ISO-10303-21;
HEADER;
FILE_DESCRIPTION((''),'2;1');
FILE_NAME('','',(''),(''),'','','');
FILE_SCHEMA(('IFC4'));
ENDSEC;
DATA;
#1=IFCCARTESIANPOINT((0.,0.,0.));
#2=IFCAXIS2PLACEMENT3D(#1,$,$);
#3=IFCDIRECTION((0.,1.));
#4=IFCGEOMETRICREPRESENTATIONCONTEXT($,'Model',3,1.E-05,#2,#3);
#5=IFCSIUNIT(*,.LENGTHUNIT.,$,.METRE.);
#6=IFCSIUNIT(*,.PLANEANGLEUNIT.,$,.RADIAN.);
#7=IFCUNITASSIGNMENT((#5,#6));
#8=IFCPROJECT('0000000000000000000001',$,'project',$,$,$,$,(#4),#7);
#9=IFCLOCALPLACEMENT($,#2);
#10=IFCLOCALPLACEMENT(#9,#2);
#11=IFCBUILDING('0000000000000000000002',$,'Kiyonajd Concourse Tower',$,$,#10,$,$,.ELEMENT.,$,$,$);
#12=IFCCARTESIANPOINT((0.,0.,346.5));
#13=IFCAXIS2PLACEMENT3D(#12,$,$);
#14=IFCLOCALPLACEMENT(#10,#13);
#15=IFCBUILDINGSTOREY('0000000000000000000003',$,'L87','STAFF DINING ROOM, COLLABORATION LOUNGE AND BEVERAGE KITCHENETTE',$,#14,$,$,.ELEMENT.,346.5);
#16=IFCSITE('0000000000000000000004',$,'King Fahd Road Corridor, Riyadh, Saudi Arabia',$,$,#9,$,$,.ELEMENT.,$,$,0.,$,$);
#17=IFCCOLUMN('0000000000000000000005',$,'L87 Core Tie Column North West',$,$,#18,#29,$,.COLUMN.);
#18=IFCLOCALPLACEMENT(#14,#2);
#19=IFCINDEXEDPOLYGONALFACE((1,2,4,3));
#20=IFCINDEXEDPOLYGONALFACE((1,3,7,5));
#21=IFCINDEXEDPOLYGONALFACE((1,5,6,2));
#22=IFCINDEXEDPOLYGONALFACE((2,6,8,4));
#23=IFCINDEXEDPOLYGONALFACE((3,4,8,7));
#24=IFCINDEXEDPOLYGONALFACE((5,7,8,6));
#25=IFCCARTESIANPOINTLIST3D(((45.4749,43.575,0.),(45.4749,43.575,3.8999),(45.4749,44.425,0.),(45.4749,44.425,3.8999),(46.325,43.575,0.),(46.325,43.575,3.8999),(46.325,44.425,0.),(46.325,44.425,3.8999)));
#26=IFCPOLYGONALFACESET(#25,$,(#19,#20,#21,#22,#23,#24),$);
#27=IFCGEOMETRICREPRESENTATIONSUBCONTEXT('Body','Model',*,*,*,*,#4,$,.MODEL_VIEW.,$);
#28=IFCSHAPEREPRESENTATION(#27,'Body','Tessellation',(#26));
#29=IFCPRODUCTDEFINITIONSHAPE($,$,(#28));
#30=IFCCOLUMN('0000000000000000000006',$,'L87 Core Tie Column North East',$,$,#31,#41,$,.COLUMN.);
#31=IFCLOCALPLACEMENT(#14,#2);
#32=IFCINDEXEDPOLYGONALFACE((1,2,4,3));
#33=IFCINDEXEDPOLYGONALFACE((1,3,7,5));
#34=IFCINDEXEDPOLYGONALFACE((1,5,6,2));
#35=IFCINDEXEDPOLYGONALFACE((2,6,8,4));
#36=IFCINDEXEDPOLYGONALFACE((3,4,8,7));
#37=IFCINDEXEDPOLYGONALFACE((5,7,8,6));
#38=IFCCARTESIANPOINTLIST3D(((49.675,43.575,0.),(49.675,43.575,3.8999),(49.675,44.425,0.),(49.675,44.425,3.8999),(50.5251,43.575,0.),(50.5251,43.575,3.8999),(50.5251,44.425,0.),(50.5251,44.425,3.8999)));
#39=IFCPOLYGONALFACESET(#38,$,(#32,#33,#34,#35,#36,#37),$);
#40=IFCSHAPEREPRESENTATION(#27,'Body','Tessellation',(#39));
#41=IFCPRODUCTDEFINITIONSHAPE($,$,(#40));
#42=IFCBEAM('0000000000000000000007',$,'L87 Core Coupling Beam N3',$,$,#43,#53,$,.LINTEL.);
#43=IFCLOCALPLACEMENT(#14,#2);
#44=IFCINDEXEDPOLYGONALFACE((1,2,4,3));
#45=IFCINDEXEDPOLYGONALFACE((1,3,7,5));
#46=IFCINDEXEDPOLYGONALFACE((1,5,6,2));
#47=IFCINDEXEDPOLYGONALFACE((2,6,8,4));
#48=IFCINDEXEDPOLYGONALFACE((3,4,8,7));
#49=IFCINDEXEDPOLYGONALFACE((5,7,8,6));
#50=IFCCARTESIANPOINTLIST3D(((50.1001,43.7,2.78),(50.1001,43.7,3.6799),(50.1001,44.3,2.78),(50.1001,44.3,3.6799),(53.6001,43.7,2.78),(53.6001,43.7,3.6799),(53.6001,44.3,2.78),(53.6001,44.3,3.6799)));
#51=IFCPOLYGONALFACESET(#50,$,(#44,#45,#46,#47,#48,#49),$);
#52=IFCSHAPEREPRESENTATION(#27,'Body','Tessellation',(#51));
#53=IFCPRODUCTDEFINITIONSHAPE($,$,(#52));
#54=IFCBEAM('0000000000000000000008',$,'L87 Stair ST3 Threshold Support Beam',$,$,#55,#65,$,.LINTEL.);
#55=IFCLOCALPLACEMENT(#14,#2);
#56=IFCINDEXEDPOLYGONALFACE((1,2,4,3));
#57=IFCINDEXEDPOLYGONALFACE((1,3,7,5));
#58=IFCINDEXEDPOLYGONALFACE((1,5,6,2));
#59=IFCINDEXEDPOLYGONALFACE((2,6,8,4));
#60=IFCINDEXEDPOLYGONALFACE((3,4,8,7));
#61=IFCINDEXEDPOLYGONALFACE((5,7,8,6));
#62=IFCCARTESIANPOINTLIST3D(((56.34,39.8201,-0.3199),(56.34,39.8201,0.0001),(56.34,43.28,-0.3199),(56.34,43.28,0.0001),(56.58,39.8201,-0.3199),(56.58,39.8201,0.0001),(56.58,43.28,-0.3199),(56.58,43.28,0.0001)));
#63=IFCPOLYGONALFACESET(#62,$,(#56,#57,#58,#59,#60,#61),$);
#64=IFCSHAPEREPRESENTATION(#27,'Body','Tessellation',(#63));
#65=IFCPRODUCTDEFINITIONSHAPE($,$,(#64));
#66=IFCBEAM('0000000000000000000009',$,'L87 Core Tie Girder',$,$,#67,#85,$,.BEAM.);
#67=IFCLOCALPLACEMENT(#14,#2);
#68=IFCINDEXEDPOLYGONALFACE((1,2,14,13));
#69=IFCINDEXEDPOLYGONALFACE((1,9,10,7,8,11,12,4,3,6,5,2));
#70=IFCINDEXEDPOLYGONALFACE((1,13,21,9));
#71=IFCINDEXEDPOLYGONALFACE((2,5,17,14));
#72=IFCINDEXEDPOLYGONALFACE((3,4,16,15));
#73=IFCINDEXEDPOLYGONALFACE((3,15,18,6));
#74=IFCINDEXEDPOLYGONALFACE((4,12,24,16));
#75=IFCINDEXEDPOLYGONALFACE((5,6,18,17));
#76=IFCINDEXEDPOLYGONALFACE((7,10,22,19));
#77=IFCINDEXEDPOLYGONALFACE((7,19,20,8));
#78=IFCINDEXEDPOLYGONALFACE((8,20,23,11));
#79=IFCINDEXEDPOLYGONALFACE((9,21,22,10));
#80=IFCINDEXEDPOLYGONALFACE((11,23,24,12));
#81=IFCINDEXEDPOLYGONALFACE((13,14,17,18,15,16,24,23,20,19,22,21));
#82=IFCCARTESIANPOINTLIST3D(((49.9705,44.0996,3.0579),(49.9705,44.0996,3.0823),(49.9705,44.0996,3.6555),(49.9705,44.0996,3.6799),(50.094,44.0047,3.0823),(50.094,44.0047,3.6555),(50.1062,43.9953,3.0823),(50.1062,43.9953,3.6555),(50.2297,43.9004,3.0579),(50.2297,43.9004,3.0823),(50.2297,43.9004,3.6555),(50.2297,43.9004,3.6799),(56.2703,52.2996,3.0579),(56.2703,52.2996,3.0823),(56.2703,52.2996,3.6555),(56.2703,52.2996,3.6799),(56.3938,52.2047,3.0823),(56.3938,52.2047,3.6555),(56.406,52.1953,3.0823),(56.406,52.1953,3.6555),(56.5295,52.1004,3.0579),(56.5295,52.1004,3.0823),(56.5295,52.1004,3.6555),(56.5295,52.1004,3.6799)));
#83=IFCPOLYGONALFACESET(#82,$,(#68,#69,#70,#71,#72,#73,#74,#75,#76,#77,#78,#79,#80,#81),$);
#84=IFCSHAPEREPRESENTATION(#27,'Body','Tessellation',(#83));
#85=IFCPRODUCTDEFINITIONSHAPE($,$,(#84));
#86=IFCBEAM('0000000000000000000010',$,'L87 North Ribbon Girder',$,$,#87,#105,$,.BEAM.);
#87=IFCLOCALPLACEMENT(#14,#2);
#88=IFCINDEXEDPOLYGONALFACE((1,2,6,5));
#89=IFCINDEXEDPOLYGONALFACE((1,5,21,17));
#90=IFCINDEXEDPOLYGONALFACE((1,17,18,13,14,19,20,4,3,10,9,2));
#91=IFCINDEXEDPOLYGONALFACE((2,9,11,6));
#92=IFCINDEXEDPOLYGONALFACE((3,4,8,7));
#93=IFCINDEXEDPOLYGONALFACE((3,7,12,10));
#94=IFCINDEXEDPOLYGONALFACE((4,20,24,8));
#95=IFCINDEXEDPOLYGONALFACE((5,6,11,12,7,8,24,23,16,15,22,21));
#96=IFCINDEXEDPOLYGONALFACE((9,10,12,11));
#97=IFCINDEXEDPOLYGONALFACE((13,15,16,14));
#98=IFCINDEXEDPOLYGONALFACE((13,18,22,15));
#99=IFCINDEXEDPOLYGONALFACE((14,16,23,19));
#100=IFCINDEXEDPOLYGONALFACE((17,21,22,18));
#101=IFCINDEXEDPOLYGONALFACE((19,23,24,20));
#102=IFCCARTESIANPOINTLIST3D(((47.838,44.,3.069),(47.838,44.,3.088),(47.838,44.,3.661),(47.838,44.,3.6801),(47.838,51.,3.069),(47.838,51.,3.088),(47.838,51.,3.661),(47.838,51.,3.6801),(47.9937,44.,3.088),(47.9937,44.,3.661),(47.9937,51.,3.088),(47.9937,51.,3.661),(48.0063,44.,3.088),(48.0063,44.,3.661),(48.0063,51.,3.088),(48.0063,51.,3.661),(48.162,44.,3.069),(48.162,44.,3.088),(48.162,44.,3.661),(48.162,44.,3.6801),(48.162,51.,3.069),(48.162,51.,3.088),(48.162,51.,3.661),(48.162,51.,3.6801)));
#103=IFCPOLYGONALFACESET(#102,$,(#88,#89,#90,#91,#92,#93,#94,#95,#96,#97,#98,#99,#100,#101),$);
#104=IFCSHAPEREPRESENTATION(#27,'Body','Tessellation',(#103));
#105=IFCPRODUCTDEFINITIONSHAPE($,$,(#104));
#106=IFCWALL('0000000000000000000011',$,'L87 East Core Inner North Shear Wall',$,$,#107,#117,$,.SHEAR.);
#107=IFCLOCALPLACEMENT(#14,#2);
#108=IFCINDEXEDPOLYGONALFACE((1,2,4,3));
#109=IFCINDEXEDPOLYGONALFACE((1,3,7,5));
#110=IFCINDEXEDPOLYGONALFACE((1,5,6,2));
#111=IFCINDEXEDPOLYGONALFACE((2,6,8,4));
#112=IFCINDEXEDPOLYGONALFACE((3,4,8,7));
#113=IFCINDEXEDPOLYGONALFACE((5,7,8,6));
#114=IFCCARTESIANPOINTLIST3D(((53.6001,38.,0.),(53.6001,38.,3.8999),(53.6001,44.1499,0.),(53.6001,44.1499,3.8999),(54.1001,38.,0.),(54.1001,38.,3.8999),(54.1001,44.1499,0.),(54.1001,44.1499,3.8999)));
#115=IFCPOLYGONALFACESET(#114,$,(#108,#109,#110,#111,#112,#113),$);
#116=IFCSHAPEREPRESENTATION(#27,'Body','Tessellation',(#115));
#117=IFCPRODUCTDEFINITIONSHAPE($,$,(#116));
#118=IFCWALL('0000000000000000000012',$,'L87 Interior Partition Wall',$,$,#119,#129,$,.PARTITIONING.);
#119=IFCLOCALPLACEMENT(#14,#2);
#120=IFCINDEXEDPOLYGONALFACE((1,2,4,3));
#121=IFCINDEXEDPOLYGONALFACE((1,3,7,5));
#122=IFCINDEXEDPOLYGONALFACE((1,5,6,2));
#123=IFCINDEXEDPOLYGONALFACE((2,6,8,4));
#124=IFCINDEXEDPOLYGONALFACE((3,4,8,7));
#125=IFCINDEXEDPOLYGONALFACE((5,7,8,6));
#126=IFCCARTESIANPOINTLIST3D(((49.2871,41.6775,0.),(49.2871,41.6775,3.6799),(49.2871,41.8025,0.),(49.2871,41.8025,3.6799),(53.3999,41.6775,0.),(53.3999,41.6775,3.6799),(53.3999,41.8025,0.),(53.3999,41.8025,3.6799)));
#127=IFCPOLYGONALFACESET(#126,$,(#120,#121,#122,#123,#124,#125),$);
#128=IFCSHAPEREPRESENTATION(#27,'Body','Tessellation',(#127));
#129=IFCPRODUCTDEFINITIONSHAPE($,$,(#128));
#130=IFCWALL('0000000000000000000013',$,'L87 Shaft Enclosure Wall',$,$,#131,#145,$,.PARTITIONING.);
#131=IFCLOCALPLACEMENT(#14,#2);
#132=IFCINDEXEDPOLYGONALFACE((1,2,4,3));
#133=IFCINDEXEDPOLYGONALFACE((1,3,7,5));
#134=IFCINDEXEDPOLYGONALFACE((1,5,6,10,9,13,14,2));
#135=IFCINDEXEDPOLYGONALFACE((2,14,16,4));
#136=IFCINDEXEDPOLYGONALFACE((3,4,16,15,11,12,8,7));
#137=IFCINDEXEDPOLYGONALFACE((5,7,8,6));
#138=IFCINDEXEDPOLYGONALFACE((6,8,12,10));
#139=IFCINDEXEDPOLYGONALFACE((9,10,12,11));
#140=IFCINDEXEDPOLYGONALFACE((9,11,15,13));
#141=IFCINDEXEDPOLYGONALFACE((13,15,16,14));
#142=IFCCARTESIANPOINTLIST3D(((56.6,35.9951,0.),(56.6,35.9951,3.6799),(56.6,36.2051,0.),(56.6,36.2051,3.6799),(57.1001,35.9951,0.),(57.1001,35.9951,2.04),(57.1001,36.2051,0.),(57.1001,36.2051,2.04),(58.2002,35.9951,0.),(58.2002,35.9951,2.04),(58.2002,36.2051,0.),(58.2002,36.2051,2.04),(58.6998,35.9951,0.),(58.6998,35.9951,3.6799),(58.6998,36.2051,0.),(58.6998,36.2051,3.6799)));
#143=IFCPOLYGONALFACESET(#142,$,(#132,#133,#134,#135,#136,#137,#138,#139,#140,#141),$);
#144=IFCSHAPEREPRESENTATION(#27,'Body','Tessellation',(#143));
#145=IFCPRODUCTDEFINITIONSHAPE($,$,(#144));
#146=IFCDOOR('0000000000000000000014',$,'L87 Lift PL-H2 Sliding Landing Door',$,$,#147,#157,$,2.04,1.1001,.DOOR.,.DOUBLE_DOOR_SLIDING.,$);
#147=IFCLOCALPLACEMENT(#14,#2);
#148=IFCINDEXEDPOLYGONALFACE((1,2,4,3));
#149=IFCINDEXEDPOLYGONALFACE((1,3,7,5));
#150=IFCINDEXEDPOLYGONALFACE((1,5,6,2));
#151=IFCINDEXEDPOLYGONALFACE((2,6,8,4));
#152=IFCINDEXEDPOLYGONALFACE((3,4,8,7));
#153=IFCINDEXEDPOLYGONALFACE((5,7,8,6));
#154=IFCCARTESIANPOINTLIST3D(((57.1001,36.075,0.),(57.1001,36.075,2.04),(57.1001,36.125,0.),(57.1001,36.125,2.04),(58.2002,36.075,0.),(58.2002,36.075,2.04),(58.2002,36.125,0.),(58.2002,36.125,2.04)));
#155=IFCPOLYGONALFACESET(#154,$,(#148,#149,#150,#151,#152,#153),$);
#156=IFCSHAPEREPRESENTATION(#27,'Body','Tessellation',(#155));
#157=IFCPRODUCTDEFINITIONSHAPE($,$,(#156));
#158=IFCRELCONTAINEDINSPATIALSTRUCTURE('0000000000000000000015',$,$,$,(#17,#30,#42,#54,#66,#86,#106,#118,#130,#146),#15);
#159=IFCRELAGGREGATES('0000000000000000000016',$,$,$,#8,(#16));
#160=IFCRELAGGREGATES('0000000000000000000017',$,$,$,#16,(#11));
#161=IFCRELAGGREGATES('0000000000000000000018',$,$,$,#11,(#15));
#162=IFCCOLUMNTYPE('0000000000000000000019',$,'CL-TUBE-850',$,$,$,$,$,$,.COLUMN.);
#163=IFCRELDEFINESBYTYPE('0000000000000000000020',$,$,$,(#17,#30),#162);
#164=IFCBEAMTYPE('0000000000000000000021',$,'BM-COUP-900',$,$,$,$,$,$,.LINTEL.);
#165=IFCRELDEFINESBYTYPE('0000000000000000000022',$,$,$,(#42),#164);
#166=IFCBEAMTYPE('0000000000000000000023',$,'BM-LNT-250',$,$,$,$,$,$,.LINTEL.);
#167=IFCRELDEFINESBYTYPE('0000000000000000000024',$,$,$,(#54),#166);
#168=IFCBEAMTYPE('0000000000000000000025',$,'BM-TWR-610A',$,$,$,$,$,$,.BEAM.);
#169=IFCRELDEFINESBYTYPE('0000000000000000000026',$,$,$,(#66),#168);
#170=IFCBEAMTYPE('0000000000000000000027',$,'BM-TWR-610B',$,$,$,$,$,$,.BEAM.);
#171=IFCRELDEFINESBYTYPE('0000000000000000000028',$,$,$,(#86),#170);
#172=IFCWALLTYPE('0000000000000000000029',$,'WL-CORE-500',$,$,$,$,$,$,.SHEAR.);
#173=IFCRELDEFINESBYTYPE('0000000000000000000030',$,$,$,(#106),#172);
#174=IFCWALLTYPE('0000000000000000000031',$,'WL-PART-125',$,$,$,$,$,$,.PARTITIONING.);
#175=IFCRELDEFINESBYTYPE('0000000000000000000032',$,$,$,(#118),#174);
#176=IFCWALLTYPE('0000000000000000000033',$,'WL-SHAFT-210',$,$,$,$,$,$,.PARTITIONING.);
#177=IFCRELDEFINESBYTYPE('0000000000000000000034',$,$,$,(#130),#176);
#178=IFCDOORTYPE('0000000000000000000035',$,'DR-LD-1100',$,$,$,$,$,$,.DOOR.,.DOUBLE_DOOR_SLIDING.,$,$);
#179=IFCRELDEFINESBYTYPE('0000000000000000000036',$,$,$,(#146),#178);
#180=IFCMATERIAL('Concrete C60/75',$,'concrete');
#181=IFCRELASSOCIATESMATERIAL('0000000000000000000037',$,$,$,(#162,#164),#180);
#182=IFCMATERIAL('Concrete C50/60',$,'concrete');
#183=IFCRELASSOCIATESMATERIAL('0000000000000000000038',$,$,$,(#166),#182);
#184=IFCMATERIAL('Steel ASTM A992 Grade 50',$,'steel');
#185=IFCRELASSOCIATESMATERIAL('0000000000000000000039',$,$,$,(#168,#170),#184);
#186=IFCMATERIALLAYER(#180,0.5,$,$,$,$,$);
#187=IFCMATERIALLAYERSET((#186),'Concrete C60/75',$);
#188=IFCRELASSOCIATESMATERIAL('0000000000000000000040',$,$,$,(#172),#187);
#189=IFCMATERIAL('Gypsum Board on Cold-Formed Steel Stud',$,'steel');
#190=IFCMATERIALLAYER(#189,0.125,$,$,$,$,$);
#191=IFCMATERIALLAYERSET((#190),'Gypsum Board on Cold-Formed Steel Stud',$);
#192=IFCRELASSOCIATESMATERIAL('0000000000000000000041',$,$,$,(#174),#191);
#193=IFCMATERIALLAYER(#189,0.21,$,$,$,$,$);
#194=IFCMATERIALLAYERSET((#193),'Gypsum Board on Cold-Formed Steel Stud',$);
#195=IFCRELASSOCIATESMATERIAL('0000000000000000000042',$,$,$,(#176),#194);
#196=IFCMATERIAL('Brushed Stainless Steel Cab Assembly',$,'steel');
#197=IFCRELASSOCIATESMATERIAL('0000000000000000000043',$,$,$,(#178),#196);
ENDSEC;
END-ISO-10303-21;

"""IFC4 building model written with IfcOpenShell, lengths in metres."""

from ifc_helpers import new_model, si_unit, direction, frame, frame_2d, origin, origin_2d, place, context, subcontext, project, spatial, rectangle, i_section, extrude, material, layer, layer_set, material_profile, profile_set, type_object, element, fill, save


model = new_model("IFC4")

# Units and contexts
model_context = context("Model", 3, precision=1e-05, world=origin(), true_north=direction((0.0, 1.0)))
body_context = subcontext(model_context, "Body", "Model", "MODEL_VIEW")
ifc_project = project(units=[si_unit("LENGTHUNIT", "METRE"), si_unit("PLANEANGLEUNIT", "RADIAN")], contexts=[model_context])

# Site, building, storey
site_placement = place(None, origin())
site = spatial("IfcSite", under=ifc_project, at=site_placement, Name="King Fahd Road Corridor, Riyadh, Saudi Arabia", CompositionType="ELEMENT", RefElevation=0.0)
building_placement = place(site_placement, origin())
building = spatial("IfcBuilding", under=site, at=building_placement, Name="Kiyonajd Concourse Tower", CompositionType="ELEMENT")
storey_placement = place(building_placement, frame((0.0, 0.0, 346.5)))
storey = spatial("IfcBuildingStorey", under=building, at=storey_placement, Name="L87", Description="STAFF DINING ROOM, COLLABORATION LOUNGE AND BEVERAGE KITCHENETTE", CompositionType="ELEMENT", Elevation=346.5)

# Columns
ifc_material_1 = material(Name="Concrete C60/75", Category="concrete")
ifc_material_profile_1 = material_profile(ifc_material_1, rectangle(XDim=0.8501, YDim=0.8501, at=origin_2d()), Name="RC-850x850")
ifc_profile_set_1 = profile_set([ifc_material_profile_1], Name="Concrete C60/75")
column_type = type_object("IfcColumnType", Name="CL-TUBE-850", PredefinedType="COLUMN", material=ifc_profile_set_1)
for number, where, z_axis, x_axis, name in (
    (1, (45.8999, 44.0, 0.0), (0.0, 0.0, 1.0), (1.0, 0.0, 0.0), "L87 Core Tie Column North West"),
    (2, (50.1001, 44.0, 0.0), (0.0, 0.0, 1.0), (1.0, 0.0, 0.0), "L87 Core Tie Column North East"),
):
    element("IfcColumn", number, at=place(storey_placement, frame(where, z_axis=z_axis, x_axis=x_axis)), inside=storey, type_object=column_type, Name=name, PredefinedType="COLUMN", context=body_context, shape_type="SweptSolid", body=[
        extrude(rectangle(XDim=0.8501, YDim=0.8501, at=origin_2d()), origin(), (0.0, 0.0, 1.0), 3.8999),
    ])

# Beams
ifc_material_profile_2 = material_profile(ifc_material_1, rectangle(XDim=0.6001, YDim=0.8999, at=origin_2d()), Name="RCBM-600x900")
ifc_profile_set_2 = profile_set([ifc_material_profile_2], Name="Concrete C60/75")
beam_type_1 = type_object("IfcBeamType", Name="BM-COUP-900", PredefinedType="LINTEL", material=ifc_profile_set_2)
beam_1_placement = place(storey_placement, frame((50.1001, 44.0, 3.23), z_axis=(1.0, 0.0, 0.0), x_axis=(0.0, 1.0, 0.0)))
element("IfcBeam", 3, at=beam_1_placement, inside=storey, type_object=beam_type_1, Name="L87 Core Coupling Beam N3", PredefinedType="LINTEL", context=body_context, shape_type="SweptSolid", body=[
    extrude(rectangle(XDim=0.6001, YDim=0.8999, at=origin_2d()), origin(), (0.0, 0.0, 1.0), 3.5),
])
ifc_material_2 = material(Name="Concrete C50/60", Category="concrete")
ifc_material_profile_3 = material_profile(ifc_material_2, rectangle(XDim=0.24, YDim=0.3201, at=origin_2d()), Name="RCBM-240x320")
ifc_profile_set_3 = profile_set([ifc_material_profile_3], Name="Concrete C50/60")
beam_type_2 = type_object("IfcBeamType", Name="BM-LNT-250", PredefinedType="LINTEL", material=ifc_profile_set_3)
beam_2_placement = place(storey_placement, frame((56.46, 39.8201, -0.1599), z_axis=(0.0, 1.0, 0.0), x_axis=(-1.0, 0.0, 0.0)))
element("IfcBeam", 4, at=beam_2_placement, inside=storey, type_object=beam_type_2, Name="L87 Stair ST3 Threshold Support Beam", PredefinedType="LINTEL", context=body_context, shape_type="SweptSolid", body=[
    extrude(rectangle(XDim=0.24, YDim=0.3201, at=origin_2d()), origin(), (0.0, 0.0, 1.0), 3.46),
])
ifc_material_3 = material(Name="Steel ASTM A992 Grade 50", Category="steel")
ifc_material_profile_4 = material_profile(ifc_material_3, i_section(OverallWidth=0.3269, OverallDepth=0.6221, WebThickness=0.0154, FlangeThickness=0.0244, at=origin_2d()), Name="W610X195")
ifc_profile_set_4 = profile_set([ifc_material_profile_4], Name="Steel ASTM A992 Grade 50")
beam_type_3 = type_object("IfcBeamType", Name="BM-TWR-610A", PredefinedType="BEAM", material=ifc_profile_set_4)
beam_3_placement = place(storey_placement, frame((50.1001, 44.0, 3.3689), z_axis=(0.609234, 0.792991, 0.0), x_axis=(-0.792991, 0.609234, 0.0)))
element("IfcBeam", 5, at=beam_3_placement, inside=storey, type_object=beam_type_3, Name="L87 Core Tie Girder", PredefinedType="BEAM", context=body_context, shape_type="SweptSolid", body=[
    extrude(i_section(OverallWidth=0.3269, OverallDepth=0.6221, WebThickness=0.0154, FlangeThickness=0.0244, at=origin_2d()), origin(), (0.0, 0.0, 1.0), 10.3406),
])
ifc_material_profile_5 = material_profile(ifc_material_3, i_section(OverallWidth=0.324, OverallDepth=0.6111, WebThickness=0.0127, FlangeThickness=0.019, at=origin_2d()), Name="W610X155")
ifc_profile_set_5 = profile_set([ifc_material_profile_5], Name="Steel ASTM A992 Grade 50")
beam_type_4 = type_object("IfcBeamType", Name="BM-TWR-610B", PredefinedType="BEAM", material=ifc_profile_set_5)
beam_4_placement = place(storey_placement, frame((48.0, 44.0, 3.3745), z_axis=(0.0, 1.0, 0.0), x_axis=(-1.0, 0.0, 0.0)))
element("IfcBeam", 6, at=beam_4_placement, inside=storey, type_object=beam_type_4, Name="L87 North Ribbon Girder", PredefinedType="BEAM", context=body_context, shape_type="SweptSolid", body=[
    extrude(i_section(OverallWidth=0.324, OverallDepth=0.6111, WebThickness=0.0127, FlangeThickness=0.019, at=origin_2d()), origin(), (0.0, 0.0, 1.0), 7.0),
])

# Walls
ifc_layer_1 = layer(ifc_material_1, 0.5)
ifc_layer_set_1 = layer_set([ifc_layer_1], Name="Concrete C60/75")
wall_type_1 = type_object("IfcWallType", Name="WL-CORE-500", PredefinedType="SHEAR", material=ifc_layer_set_1)
wall_1_placement = place(storey_placement, frame((53.8501, 38.0, 0.0), z_axis=(0.0, 0.0, 1.0), x_axis=(0.0, 1.0, 0.0)))
element("IfcWall", 7, at=wall_1_placement, inside=storey, type_object=wall_type_1, Name="L87 East Core Inner North Shear Wall", PredefinedType="SHEAR", context=body_context, shape_type="SweptSolid", body=[
    extrude(rectangle(XDim=6.1499, YDim=0.5, at=frame_2d((3.075, 0.0))), origin(), (0.0, 0.0, 1.0), 3.8999),
])
ifc_material_4 = material(Name="Gypsum Board on Cold-Formed Steel Stud", Category="steel")
ifc_layer_2 = layer(ifc_material_4, 0.125)
ifc_layer_set_2 = layer_set([ifc_layer_2], Name="Gypsum Board on Cold-Formed Steel Stud")
wall_type_2 = type_object("IfcWallType", Name="WL-PART-125", PredefinedType="PARTITIONING", material=ifc_layer_set_2)
wall_2_placement = place(storey_placement, frame((49.2871, 41.74, 0.0), z_axis=(0.0, 0.0, 1.0), x_axis=(1.0, 0.0, 0.0)))
element("IfcWall", 8, at=wall_2_placement, inside=storey, type_object=wall_type_2, Name="L87 Interior Partition Wall", PredefinedType="PARTITIONING", context=body_context, shape_type="SweptSolid", body=[
    extrude(rectangle(XDim=4.1128, YDim=0.125, at=frame_2d((2.0564, 0.0))), origin(), (0.0, 0.0, 1.0), 3.6799),
])

# Wall, opening, door
ifc_layer_3 = layer(ifc_material_4, 0.21)
ifc_layer_set_3 = layer_set([ifc_layer_3], Name="Gypsum Board on Cold-Formed Steel Stud")
wall_type_3 = type_object("IfcWallType", Name="WL-SHAFT-210", PredefinedType="PARTITIONING", material=ifc_layer_set_3)
wall_3_placement = place(storey_placement, frame((56.6001, 36.1001, 0.0), z_axis=(0.0, 0.0, 1.0), x_axis=(1.0, 0.0, 0.0)))
wall_3 = element("IfcWall", 9, at=wall_3_placement, inside=storey, type_object=wall_type_3, Name="L87 Shaft Enclosure Wall", PredefinedType="PARTITIONING", context=body_context, shape_type="SweptSolid", body=[
    extrude(rectangle(XDim=2.0999, YDim=0.21, at=frame_2d((1.0498, 0.0))), origin(), (0.0, 0.0, 1.0), 3.6799),
])
opening_1_placement = place(wall_3_placement, frame((0.5, 0.0, 0.0)))
opening_1 = element("IfcOpeningElement", 10, at=opening_1_placement, cuts=wall_3, PredefinedType="OPENING", context=body_context, shape_type="SweptSolid", body=[
    extrude(rectangle(XDim=1.1001, YDim=2.04, at=frame_2d((0.55, 1.02))), frame((0.0, 0.115, 0.0), z_axis=(0.0, -1.0, 0.0), x_axis=(1.0, 0.0, 0.0)), (0.0, 0.0, 1.0), 0.23),
])
ifc_material_5 = material(Name="Brushed Stainless Steel Cab Assembly", Category="steel")
door_type_1 = type_object("IfcDoorType", Name="DR-LD-1100", OperationType="DOUBLE_DOOR_SLIDING", PredefinedType="DOOR", material=ifc_material_5)
door_1_placement = place(opening_1_placement, origin())
door_1 = element("IfcDoor", 11, at=door_1_placement, inside=storey, type_object=door_type_1, Name="L87 Lift PL-H2 Sliding Landing Door", OperationType="DOUBLE_DOOR_SLIDING", OverallHeight=2.04, OverallWidth=1.1001, PredefinedType="DOOR", context=body_context, shape_type="SweptSolid", body=[
    extrude(rectangle(XDim=1.1001, YDim=2.04, at=frame_2d((0.55, 1.02))), frame((0.0, 0.0249, 0.0), z_axis=(0.0, -1.0, 0.0), x_axis=(1.0, 0.0, 0.0)), (0.0, 0.0, 1.0), 0.05),
])
fill(opening_1, door_1)

save(model, "model.ifc")
